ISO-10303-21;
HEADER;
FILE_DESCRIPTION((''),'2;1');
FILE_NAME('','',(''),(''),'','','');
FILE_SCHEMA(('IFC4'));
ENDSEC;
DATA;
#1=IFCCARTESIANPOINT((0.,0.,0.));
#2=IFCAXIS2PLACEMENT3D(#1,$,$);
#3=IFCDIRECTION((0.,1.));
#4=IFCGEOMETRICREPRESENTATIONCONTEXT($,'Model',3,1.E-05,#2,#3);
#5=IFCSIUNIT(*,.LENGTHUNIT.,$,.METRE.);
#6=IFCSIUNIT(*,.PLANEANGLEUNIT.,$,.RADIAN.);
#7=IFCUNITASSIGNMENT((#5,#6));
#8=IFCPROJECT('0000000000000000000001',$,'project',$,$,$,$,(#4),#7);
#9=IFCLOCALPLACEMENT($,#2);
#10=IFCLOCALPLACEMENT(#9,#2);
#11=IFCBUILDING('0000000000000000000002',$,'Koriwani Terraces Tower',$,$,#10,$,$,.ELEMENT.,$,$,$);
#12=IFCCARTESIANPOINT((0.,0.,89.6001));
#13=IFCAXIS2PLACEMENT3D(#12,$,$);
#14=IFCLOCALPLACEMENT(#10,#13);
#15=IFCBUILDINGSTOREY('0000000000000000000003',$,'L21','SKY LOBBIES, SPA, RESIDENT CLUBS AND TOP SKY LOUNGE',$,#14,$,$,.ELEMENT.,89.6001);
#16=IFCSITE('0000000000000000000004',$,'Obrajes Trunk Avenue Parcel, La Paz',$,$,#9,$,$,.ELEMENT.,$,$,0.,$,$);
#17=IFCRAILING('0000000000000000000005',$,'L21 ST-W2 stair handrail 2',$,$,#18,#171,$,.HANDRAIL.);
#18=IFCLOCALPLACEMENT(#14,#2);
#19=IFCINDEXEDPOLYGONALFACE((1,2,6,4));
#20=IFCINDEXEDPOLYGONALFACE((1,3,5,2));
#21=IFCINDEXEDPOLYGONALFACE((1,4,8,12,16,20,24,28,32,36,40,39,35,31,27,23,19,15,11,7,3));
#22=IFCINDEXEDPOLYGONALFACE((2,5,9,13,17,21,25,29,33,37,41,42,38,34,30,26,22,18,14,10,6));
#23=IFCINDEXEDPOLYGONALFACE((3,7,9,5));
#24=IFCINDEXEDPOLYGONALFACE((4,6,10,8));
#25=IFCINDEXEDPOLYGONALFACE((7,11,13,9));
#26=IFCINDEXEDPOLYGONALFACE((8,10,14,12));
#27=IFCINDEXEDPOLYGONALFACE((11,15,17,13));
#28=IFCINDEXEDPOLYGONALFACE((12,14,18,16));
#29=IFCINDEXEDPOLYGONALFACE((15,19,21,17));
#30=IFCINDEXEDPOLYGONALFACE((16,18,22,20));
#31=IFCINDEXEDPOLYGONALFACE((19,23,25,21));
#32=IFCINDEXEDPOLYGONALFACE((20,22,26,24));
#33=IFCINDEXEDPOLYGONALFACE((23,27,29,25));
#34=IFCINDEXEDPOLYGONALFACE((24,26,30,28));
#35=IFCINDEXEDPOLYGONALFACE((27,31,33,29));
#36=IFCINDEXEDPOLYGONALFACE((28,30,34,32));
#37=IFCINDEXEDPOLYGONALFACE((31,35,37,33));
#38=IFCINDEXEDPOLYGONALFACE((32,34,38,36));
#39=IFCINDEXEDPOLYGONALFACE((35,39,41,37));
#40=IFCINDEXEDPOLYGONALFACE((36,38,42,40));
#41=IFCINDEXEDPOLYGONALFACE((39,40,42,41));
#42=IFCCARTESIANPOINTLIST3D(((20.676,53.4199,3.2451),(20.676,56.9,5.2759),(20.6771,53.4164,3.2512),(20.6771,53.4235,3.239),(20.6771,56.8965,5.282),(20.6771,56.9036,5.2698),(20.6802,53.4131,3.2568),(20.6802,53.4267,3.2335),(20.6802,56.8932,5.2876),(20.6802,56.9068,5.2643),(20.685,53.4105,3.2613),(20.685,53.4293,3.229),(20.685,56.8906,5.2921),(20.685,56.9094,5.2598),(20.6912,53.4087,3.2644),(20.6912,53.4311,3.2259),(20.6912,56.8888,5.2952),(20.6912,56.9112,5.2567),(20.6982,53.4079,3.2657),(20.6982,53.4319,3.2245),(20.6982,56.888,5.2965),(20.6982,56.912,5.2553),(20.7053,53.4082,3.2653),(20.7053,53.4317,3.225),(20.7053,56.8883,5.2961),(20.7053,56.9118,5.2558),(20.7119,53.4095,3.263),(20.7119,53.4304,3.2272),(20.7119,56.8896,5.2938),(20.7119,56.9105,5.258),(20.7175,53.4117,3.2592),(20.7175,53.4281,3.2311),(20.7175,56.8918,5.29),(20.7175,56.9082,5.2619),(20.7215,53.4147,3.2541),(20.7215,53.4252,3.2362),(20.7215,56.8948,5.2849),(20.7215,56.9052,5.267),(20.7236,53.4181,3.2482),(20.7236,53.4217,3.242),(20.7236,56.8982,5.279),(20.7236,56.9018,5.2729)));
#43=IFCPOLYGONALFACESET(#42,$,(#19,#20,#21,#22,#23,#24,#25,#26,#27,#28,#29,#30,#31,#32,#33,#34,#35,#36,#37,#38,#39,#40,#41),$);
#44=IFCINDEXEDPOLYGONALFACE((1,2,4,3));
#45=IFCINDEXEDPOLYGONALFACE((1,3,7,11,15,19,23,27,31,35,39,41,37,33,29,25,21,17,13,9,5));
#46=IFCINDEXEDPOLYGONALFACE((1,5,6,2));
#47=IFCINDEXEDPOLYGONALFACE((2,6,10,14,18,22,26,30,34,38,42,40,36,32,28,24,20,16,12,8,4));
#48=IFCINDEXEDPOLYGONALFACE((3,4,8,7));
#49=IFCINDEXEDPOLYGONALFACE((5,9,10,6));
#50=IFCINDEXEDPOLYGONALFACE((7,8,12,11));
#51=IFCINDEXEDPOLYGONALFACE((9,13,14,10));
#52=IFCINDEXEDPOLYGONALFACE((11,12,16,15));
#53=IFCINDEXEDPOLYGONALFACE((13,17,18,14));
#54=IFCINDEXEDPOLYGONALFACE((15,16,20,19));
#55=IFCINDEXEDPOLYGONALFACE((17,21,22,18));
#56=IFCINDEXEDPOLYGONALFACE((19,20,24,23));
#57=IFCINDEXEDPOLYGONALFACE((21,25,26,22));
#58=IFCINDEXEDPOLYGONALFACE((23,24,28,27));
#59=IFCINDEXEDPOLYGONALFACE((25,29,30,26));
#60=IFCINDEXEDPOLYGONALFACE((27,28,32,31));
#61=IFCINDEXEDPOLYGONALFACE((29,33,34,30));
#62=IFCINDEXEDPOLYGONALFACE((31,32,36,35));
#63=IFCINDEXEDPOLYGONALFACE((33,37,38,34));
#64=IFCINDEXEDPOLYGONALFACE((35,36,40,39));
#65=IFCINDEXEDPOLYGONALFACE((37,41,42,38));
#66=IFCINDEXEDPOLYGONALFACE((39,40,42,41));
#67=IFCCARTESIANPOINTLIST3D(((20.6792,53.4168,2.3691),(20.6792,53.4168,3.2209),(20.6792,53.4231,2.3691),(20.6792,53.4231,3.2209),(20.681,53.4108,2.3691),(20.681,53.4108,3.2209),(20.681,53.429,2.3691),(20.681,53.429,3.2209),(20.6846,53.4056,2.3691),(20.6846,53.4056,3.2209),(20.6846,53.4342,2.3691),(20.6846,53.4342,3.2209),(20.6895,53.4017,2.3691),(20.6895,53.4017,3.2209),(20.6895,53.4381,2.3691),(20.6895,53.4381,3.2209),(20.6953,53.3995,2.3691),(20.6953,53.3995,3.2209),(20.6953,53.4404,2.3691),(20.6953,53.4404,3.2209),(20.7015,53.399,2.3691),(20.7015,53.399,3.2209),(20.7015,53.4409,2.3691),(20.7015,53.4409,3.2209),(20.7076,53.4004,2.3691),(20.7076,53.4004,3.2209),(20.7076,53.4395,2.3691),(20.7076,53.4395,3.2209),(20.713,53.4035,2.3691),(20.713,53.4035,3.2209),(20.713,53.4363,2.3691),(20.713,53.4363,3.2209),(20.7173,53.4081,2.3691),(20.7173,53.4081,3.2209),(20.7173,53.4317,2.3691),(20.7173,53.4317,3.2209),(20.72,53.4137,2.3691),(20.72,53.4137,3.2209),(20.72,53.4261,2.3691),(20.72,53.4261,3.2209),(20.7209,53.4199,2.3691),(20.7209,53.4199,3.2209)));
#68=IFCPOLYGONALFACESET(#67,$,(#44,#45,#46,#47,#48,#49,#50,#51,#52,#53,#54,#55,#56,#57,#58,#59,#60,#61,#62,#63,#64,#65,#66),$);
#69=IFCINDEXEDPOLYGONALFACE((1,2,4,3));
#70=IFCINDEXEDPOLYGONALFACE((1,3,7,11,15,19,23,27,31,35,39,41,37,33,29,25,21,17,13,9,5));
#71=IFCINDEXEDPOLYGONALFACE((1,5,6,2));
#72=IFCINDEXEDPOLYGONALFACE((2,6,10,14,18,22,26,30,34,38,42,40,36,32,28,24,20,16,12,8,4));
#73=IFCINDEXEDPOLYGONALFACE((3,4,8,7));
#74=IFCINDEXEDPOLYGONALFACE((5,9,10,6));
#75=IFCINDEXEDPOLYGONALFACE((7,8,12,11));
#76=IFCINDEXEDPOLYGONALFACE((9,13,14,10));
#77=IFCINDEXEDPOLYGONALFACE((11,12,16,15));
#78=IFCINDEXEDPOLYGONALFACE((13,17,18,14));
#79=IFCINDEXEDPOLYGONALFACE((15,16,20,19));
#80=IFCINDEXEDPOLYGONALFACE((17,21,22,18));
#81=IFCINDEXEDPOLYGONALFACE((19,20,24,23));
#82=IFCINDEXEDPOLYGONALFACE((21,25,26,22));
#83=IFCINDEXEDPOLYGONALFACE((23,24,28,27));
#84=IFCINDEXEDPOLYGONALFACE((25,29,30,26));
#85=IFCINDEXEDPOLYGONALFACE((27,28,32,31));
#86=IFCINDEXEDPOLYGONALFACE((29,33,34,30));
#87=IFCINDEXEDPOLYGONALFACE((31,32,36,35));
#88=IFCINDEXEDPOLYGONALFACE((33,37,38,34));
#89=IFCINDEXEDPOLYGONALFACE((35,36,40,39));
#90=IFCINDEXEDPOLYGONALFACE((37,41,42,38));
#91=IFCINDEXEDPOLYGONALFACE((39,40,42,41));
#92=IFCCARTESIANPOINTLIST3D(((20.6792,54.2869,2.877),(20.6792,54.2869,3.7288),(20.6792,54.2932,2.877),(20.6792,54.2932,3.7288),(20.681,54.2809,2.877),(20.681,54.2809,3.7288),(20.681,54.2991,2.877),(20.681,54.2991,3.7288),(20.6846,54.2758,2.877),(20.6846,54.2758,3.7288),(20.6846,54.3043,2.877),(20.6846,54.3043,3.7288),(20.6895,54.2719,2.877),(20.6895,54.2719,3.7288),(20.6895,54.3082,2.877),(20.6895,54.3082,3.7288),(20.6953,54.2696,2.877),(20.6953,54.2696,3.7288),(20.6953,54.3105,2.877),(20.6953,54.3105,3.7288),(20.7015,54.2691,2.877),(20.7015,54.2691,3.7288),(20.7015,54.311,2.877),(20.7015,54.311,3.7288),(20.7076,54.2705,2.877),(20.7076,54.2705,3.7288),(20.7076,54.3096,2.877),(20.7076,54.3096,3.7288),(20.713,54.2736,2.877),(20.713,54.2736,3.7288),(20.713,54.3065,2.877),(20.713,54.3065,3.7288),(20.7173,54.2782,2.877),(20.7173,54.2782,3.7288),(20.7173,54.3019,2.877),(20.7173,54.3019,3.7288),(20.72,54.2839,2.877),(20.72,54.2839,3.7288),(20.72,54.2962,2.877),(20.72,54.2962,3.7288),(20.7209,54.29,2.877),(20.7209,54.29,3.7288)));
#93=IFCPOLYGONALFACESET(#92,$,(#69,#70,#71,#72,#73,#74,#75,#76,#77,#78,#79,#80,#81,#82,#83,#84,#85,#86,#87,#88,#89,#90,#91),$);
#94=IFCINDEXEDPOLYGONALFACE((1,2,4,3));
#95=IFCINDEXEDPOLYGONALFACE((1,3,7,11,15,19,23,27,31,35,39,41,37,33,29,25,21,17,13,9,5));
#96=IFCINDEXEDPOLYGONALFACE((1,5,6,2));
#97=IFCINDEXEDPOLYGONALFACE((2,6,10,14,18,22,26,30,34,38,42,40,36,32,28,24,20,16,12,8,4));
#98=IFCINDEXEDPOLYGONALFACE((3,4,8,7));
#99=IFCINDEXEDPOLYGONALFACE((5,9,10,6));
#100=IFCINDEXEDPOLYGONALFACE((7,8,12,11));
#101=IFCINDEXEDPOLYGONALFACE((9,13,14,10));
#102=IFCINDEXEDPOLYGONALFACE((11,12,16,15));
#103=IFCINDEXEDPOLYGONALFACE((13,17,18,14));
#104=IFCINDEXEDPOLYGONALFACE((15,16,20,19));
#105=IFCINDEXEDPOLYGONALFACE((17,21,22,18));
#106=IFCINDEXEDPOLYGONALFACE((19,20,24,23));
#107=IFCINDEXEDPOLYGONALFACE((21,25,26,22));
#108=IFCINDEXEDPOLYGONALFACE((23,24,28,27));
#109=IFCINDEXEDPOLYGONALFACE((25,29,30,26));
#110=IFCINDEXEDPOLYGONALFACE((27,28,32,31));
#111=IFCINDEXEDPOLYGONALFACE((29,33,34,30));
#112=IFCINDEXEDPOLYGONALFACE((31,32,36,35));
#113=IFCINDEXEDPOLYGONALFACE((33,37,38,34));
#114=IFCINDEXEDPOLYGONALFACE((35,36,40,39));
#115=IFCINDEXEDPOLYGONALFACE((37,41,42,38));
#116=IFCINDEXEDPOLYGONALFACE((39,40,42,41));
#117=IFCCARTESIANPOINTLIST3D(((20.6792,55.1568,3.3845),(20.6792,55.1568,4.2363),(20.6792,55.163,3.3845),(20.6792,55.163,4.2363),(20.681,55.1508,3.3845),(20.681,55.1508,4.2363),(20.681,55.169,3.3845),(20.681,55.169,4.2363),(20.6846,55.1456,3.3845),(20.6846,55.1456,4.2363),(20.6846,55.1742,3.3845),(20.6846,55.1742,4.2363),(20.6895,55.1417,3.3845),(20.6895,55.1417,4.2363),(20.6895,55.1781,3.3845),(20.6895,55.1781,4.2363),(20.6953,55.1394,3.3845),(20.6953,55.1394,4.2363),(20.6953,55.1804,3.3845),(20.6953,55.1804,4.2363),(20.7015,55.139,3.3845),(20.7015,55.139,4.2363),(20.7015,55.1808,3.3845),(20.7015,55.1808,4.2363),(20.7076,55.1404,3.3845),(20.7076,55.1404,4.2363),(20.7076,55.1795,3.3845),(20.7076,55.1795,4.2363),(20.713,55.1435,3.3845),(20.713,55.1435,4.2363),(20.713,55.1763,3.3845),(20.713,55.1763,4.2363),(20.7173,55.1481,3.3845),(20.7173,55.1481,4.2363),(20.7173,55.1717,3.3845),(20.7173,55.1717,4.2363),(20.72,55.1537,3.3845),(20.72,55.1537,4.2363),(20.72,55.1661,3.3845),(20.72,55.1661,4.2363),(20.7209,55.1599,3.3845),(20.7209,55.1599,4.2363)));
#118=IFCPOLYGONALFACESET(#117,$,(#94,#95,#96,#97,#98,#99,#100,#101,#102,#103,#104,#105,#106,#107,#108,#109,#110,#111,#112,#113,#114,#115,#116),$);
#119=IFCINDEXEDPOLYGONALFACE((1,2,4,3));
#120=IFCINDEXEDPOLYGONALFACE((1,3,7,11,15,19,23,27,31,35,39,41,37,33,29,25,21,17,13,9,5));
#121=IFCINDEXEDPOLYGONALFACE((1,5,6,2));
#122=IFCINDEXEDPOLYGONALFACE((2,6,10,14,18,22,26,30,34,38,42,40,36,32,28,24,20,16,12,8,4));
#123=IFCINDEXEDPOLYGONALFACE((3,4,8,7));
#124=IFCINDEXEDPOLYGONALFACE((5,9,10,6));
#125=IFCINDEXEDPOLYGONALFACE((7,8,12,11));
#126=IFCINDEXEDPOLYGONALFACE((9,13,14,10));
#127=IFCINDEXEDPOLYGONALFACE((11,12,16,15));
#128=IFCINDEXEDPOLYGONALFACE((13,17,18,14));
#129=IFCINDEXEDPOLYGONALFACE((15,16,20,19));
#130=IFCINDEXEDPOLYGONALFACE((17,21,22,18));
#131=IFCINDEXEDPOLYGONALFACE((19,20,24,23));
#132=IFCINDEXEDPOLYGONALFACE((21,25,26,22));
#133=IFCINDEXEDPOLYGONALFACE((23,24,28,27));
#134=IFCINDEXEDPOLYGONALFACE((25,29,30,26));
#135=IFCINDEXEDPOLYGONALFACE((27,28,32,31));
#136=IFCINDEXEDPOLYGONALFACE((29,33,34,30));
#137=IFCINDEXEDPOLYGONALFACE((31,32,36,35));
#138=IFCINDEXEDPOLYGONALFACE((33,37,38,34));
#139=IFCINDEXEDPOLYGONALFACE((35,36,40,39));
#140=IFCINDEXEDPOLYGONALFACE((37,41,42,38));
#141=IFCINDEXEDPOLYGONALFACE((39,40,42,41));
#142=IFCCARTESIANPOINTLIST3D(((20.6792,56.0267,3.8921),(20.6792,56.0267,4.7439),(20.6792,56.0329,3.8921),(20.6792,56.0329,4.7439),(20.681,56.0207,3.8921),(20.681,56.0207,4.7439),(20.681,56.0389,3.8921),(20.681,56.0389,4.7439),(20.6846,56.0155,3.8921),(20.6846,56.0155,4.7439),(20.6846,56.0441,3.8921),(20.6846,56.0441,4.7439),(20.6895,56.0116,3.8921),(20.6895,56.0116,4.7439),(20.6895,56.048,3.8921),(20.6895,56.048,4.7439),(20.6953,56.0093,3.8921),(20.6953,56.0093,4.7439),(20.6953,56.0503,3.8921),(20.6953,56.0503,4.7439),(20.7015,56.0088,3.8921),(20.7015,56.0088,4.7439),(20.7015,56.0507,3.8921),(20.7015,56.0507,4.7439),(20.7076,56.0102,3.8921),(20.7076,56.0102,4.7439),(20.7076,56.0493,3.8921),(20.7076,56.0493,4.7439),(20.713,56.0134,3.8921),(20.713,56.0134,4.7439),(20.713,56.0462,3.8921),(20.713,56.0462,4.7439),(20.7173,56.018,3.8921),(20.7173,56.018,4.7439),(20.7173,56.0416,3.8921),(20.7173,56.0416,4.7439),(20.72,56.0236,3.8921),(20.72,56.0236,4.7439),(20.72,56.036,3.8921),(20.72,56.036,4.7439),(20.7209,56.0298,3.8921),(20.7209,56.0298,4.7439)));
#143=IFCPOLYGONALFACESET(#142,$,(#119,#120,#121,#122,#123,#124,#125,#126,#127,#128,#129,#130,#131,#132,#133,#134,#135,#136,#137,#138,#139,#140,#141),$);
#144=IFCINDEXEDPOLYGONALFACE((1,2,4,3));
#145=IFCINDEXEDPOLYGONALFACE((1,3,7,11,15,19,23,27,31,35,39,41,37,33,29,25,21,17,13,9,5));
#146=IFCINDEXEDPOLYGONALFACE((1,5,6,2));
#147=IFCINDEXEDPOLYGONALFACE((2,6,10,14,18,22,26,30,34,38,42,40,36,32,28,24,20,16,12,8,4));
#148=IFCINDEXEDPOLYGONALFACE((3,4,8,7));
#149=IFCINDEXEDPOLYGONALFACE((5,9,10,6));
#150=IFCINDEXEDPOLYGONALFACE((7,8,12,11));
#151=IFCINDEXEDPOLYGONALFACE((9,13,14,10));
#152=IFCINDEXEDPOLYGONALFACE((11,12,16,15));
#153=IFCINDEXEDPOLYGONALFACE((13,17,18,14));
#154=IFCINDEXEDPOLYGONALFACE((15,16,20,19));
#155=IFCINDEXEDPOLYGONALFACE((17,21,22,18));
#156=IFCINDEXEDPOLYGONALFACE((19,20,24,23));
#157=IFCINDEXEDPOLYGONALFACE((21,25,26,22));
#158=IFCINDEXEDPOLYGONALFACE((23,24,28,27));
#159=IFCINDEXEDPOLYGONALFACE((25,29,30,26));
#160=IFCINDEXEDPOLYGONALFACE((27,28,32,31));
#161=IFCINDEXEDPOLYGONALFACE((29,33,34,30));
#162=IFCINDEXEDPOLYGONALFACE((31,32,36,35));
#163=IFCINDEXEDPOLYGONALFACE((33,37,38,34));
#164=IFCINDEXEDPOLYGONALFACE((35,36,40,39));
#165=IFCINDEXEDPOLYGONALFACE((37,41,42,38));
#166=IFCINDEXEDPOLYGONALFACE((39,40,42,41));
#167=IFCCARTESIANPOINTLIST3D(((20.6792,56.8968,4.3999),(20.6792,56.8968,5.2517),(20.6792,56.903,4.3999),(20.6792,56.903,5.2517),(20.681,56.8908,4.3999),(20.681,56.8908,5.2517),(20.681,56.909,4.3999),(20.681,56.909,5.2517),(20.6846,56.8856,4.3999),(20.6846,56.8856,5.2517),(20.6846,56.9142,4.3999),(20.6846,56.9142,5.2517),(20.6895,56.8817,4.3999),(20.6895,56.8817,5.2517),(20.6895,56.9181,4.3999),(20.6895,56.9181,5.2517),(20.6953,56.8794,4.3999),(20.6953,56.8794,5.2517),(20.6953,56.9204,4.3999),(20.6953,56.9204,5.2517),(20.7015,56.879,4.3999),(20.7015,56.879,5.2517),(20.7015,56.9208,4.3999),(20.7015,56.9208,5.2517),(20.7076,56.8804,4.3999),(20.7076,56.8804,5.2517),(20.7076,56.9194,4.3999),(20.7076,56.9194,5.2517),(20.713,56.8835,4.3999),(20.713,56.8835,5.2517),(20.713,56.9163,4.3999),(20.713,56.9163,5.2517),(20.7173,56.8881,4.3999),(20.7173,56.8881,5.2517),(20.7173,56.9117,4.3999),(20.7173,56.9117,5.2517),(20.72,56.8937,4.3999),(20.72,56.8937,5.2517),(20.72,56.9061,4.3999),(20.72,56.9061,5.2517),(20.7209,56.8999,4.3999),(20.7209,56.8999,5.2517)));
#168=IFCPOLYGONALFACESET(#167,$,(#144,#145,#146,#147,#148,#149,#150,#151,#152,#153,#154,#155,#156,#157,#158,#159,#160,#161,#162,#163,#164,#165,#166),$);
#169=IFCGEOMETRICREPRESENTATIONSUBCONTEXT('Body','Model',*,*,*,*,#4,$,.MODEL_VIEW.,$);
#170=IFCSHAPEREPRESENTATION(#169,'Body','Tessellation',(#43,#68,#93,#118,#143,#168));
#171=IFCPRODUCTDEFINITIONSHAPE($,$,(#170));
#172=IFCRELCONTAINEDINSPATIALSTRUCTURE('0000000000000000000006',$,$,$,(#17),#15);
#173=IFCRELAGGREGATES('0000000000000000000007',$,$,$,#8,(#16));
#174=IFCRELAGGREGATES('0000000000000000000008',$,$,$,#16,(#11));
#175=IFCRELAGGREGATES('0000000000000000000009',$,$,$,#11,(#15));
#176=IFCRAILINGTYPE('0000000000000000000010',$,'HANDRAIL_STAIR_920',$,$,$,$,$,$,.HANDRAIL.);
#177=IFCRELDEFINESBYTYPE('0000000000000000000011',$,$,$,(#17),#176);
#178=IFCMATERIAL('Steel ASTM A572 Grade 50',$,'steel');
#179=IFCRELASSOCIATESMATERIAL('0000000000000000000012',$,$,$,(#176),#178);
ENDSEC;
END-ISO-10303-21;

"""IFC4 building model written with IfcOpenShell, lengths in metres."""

from ifc_helpers import new_model, si_unit, direction, frame, origin, origin_2d, place, context, subcontext, project, spatial, circle, extrude, material, type_object, element, save


model = new_model("IFC4")

# Units and contexts
model_context = context("Model", 3, precision=1e-05, world=origin(), true_north=direction((0.0, 1.0)))
body_context = subcontext(model_context, "Body", "Model", "MODEL_VIEW")
ifc_project = project(units=[si_unit("LENGTHUNIT", "METRE"), si_unit("PLANEANGLEUNIT", "RADIAN")], contexts=[model_context])

# Site, building, storey
site_placement = place(None, origin())
site = spatial("IfcSite", under=ifc_project, at=site_placement, Name="Obrajes Trunk Avenue Parcel, La Paz", CompositionType="ELEMENT", RefElevation=0.0)
building_placement = place(site_placement, origin())
building = spatial("IfcBuilding", under=site, at=building_placement, Name="Koriwani Terraces Tower", CompositionType="ELEMENT")
storey_placement = place(building_placement, frame((0.0, 0.0, 89.6001)))
storey = spatial("IfcBuildingStorey", under=building, at=storey_placement, Name="L21", Description="SKY LOBBIES, SPA, RESIDENT CLUBS AND TOP SKY LOUNGE", CompositionType="ELEMENT", Elevation=89.6001)

# Shared definitions
ifc_material_1 = material(Name="Steel ASTM A572 Grade 50", Category="steel")

# Railing
railing_type_1 = type_object("IfcRailingType", Name="HANDRAIL_STAIR_920", PredefinedType="HANDRAIL", material=ifc_material_1)
railing_1_placement = place(storey_placement, frame((20.7, 53.4199, 2.3691)))
element("IfcRailing", 1, at=railing_1_placement, inside=storey, type_object=railing_type_1, Name="L21 ST-W2 stair handrail 2", PredefinedType="HANDRAIL", context=body_context, shape_type="SweptSolid", body=[
    extrude(circle(Radius=0.0239, at=origin_2d()), frame((0.0, 0.0, 0.876), z_axis=(0.0, 0.863695, 0.504014), x_axis=(-1.0, 0.0, 0.0)), (0.0, 0.0, 1.0), 4.0293),
    extrude(circle(Radius=0.021, at=origin_2d()), origin(), (0.0, 0.0, 1.0), 0.8518),
    extrude(circle(Radius=0.021, at=origin_2d()), frame((0.0, 0.8701, 0.5078)), (0.0, 0.0, 1.0), 0.8518),
    extrude(circle(Radius=0.021, at=origin_2d()), frame((0.0, 1.74, 1.0154)), (0.0, 0.0, 1.0), 0.8518),
    extrude(circle(Radius=0.021, at=origin_2d()), frame((0.0, 2.6099, 1.5229)), (0.0, 0.0, 1.0), 0.8518),
    extrude(circle(Radius=0.021, at=origin_2d()), frame((0.0, 3.48, 2.0308)), (0.0, 0.0, 1.0), 0.8518),
])

save(model, "model.ifc")
